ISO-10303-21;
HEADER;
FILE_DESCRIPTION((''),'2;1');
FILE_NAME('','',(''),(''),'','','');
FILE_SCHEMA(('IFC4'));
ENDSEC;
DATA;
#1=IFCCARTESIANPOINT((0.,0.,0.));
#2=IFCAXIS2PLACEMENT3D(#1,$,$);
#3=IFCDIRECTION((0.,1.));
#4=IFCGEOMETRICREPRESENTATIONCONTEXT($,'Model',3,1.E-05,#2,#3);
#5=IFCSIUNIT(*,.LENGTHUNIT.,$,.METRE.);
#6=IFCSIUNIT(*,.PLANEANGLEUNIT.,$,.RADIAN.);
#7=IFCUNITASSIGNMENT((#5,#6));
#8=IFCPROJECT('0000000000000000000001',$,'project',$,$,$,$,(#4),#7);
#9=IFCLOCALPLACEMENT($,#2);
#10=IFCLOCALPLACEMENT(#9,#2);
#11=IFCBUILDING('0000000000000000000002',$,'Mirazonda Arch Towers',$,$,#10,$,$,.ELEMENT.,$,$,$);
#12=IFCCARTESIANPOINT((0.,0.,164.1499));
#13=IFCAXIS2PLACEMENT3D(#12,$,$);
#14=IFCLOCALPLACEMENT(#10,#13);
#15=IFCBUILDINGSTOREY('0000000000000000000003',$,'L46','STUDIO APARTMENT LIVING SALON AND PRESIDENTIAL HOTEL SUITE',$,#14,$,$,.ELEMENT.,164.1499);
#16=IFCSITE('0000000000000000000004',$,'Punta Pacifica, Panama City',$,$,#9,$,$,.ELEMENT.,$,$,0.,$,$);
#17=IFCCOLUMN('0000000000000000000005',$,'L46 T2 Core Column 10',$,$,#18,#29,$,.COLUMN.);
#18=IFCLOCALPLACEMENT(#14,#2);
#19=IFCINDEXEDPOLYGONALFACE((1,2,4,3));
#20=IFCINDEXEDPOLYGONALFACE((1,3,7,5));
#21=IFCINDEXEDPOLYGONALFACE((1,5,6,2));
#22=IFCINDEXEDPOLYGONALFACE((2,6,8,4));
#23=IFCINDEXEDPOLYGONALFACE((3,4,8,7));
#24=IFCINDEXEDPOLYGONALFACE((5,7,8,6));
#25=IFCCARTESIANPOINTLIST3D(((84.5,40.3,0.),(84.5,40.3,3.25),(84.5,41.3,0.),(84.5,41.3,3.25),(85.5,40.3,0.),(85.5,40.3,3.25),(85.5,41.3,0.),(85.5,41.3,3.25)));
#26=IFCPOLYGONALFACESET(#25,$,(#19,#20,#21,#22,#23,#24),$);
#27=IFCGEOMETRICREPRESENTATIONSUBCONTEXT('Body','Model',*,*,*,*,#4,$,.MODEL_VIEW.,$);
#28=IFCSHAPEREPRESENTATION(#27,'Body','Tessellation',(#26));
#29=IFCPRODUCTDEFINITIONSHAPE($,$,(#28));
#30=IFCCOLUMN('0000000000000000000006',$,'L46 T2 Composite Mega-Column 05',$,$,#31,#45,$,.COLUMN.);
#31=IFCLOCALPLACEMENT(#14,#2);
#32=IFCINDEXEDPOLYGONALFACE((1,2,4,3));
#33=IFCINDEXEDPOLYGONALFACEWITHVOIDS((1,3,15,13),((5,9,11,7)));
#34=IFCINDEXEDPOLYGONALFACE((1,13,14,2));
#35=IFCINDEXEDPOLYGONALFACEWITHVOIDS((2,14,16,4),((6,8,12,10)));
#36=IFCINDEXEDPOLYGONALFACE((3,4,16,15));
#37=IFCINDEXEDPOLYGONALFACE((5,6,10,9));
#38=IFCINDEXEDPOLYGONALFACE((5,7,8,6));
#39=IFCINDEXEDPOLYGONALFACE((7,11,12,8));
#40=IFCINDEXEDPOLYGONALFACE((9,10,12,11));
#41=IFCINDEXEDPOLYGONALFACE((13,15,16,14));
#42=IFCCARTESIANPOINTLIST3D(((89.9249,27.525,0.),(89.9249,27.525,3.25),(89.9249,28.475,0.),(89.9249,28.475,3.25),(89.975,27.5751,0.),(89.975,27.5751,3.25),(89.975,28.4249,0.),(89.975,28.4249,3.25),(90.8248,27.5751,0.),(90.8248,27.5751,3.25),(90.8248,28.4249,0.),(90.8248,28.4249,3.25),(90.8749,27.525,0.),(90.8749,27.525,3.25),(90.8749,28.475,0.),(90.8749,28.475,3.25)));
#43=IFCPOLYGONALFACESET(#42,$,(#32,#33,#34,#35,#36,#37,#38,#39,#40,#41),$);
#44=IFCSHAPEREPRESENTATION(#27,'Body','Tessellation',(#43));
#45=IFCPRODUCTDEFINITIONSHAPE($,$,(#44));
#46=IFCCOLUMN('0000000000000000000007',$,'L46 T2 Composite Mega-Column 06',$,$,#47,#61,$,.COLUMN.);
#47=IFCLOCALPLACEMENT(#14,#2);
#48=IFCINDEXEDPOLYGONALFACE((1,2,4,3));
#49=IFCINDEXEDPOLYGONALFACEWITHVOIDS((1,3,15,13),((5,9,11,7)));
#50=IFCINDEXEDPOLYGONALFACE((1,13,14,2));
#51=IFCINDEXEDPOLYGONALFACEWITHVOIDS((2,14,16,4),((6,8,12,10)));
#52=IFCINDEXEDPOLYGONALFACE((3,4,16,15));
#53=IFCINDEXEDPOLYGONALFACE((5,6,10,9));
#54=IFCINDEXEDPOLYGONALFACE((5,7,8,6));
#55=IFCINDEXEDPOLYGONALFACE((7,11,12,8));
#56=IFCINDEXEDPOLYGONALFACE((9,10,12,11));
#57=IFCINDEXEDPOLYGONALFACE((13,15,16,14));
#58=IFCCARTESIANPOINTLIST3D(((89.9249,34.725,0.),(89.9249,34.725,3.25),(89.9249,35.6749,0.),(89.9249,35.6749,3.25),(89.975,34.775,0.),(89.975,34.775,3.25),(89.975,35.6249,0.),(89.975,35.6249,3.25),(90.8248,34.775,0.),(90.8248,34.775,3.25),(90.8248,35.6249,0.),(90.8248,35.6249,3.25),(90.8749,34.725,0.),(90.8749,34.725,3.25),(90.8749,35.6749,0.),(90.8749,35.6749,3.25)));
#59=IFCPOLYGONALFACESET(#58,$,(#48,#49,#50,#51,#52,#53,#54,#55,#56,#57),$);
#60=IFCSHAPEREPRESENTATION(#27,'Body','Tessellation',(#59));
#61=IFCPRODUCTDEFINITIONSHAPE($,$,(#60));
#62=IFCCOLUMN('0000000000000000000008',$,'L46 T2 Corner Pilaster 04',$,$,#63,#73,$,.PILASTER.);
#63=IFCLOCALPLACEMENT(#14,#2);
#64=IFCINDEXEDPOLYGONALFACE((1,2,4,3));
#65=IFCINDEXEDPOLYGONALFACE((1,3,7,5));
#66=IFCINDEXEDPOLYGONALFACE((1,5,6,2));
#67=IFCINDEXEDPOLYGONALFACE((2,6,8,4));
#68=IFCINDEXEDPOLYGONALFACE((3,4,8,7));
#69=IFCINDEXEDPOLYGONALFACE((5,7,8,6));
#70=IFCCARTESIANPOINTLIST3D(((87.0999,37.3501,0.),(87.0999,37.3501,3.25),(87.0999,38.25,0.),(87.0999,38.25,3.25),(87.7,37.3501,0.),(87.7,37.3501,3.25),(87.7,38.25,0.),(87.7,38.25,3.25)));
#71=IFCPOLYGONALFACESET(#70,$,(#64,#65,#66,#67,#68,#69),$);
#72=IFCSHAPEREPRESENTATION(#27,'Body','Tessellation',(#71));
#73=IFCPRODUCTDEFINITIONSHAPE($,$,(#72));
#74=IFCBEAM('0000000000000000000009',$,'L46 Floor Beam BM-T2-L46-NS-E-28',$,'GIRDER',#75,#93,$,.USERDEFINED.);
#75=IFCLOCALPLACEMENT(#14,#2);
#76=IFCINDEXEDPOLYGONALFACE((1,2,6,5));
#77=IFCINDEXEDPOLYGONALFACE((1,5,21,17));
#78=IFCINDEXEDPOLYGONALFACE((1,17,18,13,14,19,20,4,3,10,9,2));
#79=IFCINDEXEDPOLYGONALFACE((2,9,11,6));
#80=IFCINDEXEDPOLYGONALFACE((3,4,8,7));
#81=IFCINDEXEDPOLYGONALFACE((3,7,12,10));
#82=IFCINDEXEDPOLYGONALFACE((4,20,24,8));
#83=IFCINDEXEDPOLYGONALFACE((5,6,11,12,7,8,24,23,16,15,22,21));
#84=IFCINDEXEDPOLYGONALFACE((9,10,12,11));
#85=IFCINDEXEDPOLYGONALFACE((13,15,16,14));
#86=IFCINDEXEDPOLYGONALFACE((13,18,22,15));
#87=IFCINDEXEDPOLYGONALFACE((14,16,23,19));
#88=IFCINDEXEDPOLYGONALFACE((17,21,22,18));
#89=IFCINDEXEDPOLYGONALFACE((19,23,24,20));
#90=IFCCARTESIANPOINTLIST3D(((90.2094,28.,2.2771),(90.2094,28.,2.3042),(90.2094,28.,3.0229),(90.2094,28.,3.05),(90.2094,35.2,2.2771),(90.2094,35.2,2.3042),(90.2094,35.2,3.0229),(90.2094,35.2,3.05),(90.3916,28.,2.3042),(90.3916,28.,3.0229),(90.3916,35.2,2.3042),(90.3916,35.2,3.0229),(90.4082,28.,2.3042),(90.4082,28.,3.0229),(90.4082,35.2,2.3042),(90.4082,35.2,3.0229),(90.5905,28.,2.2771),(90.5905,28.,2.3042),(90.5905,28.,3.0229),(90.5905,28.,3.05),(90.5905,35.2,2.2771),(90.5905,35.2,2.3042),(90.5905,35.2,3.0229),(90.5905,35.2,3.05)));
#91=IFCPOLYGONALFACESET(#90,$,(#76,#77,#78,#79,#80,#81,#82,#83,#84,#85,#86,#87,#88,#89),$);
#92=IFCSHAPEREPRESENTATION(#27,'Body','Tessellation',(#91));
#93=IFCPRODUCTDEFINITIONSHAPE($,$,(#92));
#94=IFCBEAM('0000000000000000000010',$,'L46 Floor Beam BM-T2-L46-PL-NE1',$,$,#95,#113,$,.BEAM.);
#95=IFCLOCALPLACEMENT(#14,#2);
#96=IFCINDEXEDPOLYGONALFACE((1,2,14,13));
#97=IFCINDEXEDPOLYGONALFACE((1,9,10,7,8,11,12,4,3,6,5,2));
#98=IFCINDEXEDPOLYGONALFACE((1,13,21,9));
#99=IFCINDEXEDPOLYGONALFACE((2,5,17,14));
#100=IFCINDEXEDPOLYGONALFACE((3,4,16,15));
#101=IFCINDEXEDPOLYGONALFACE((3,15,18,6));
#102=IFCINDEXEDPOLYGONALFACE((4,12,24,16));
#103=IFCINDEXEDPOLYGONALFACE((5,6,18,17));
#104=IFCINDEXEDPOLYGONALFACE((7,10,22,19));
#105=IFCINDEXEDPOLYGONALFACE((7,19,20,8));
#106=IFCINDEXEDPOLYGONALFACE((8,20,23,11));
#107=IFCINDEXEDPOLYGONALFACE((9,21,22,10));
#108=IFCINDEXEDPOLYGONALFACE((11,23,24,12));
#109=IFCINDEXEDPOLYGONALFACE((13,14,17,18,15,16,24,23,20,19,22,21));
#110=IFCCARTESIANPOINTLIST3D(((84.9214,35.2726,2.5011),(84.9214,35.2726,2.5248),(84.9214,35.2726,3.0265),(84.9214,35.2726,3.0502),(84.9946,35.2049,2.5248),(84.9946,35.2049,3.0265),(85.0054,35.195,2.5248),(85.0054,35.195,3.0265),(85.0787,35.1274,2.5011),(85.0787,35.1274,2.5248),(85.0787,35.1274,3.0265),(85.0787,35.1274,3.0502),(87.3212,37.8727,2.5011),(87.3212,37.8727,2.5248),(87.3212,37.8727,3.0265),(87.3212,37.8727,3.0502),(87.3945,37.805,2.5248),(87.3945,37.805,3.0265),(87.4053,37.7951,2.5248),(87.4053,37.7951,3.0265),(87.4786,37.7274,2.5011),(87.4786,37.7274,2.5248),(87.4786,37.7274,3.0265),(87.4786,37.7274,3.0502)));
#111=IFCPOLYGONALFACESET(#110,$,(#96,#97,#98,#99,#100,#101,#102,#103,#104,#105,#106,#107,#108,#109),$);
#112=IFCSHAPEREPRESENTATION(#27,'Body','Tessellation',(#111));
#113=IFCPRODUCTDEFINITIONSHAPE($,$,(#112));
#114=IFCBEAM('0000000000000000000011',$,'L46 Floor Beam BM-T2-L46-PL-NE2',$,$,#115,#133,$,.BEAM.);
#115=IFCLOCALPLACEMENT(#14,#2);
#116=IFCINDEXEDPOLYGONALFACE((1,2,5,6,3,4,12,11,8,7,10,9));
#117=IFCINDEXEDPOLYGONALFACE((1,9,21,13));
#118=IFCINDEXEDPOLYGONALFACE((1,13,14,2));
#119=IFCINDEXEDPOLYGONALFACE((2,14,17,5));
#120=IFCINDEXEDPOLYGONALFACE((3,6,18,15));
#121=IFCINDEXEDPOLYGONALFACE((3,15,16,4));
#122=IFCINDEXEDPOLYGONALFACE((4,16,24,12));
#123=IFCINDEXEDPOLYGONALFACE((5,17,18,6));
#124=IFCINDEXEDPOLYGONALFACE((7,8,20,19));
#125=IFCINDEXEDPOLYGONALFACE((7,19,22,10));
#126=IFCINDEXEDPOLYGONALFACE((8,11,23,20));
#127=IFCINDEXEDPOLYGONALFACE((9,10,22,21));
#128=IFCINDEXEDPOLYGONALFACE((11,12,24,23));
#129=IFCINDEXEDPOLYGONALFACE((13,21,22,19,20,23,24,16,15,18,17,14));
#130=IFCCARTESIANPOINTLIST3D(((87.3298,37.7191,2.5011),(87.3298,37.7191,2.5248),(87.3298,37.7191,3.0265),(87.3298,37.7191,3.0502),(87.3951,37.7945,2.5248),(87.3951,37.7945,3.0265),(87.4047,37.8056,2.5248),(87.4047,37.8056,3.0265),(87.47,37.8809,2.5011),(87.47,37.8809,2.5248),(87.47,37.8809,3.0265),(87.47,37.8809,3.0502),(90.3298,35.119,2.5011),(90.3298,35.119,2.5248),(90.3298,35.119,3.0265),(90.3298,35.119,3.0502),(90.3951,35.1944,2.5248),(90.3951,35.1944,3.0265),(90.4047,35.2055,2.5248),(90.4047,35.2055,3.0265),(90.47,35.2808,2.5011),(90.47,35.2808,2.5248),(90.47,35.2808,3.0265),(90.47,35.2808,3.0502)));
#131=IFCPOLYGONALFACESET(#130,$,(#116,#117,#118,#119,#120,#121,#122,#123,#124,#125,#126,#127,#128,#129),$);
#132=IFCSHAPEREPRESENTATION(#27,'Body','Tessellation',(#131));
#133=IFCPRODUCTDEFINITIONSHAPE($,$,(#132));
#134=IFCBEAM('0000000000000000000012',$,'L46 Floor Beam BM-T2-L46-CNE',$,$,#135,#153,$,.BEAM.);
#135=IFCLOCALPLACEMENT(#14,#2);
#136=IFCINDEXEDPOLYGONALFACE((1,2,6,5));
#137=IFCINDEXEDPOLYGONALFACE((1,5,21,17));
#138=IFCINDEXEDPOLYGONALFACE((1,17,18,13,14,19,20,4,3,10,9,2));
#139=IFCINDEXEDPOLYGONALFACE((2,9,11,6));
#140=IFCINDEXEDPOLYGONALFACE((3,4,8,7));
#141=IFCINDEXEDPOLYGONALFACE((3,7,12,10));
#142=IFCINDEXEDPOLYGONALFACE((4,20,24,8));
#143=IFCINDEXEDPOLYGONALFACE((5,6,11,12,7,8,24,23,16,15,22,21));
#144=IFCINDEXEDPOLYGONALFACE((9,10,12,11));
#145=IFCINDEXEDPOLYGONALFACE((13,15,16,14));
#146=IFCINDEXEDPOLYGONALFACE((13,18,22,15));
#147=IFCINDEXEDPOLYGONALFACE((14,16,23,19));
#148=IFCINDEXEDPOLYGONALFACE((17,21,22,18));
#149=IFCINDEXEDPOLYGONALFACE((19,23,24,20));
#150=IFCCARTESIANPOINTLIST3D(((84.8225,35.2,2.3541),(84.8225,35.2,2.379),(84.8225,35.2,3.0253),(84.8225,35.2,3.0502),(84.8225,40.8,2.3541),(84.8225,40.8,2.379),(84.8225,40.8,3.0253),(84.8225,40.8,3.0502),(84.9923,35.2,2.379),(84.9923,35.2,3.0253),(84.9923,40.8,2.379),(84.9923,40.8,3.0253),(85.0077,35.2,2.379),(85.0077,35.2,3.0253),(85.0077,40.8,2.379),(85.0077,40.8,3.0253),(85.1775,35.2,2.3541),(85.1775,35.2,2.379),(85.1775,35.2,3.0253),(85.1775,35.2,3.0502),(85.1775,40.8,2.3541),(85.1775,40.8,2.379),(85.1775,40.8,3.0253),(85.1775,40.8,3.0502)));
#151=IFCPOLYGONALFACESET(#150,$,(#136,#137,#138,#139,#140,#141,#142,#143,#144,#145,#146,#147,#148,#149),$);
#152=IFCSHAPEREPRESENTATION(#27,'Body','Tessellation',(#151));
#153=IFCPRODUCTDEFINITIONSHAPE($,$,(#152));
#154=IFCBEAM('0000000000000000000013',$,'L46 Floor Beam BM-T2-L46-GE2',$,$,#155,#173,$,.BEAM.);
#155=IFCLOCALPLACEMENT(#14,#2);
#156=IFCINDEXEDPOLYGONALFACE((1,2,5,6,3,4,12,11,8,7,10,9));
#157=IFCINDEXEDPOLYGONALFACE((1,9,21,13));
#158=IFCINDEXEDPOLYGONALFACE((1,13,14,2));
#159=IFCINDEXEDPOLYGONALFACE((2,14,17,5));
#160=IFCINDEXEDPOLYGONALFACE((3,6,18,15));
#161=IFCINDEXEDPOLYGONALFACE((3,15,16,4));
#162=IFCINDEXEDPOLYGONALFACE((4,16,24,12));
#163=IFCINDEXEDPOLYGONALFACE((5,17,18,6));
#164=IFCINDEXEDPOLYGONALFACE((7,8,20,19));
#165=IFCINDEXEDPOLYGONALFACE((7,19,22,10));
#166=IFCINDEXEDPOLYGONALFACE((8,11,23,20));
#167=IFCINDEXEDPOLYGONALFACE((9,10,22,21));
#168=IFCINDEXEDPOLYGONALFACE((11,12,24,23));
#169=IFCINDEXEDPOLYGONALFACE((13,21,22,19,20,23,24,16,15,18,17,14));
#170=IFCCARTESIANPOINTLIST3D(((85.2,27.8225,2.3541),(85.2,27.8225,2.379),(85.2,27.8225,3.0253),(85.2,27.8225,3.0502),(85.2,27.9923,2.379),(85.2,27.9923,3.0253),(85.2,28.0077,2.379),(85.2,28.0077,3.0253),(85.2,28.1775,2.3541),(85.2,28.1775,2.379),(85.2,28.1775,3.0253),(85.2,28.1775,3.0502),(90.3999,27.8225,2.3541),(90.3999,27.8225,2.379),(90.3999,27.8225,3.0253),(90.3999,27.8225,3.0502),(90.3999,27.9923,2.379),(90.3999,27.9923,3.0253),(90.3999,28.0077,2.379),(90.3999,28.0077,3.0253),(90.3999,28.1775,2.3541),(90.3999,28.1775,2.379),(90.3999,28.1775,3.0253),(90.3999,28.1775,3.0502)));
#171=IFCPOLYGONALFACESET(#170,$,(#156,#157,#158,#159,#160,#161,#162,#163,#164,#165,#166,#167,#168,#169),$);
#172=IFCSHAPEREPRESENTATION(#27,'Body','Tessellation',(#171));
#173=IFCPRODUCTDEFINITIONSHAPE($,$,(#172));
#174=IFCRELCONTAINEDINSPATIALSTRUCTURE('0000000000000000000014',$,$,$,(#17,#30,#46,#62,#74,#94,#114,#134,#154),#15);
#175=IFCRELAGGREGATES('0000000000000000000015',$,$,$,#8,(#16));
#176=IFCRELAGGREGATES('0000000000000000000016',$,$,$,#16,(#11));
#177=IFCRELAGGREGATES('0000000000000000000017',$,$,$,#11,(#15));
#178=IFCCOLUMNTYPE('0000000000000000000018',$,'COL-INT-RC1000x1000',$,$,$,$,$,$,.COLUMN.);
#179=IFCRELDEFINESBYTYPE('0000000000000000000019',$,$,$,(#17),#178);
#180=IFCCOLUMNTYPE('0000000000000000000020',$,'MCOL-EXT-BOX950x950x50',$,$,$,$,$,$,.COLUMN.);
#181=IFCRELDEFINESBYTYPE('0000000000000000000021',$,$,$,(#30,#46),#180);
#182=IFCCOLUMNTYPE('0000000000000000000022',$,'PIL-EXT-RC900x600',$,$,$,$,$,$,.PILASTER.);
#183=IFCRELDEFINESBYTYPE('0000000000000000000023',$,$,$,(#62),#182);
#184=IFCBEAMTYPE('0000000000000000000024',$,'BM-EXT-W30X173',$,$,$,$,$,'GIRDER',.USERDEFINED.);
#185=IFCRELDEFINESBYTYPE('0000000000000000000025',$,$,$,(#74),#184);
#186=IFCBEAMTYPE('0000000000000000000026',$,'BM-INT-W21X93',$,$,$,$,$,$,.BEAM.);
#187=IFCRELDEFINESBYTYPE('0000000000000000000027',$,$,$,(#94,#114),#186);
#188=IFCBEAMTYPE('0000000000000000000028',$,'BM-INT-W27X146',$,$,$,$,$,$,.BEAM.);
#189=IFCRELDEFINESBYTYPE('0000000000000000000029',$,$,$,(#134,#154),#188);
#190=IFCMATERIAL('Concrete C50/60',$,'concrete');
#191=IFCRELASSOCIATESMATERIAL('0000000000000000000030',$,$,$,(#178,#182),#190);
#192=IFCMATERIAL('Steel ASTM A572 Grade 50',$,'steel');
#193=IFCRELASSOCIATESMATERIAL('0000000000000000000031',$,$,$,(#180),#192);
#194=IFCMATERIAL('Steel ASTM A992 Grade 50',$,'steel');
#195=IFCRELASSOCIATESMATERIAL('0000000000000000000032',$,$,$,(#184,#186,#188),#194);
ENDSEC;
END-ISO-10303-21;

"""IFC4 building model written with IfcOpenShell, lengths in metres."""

from ifc_helpers import new_model, si_unit, direction, frame, origin, origin_2d, place, context, subcontext, project, spatial, rectangle, hollow_rectangle, i_section, extrude, material, material_profile, profile_set, type_object, element, save


model = new_model("IFC4")

# Units and contexts
model_context = context("Model", 3, precision=1e-05, world=origin(), true_north=direction((0.0, 1.0)))
body_context = subcontext(model_context, "Body", "Model", "MODEL_VIEW")
ifc_project = project(units=[si_unit("LENGTHUNIT", "METRE"), si_unit("PLANEANGLEUNIT", "RADIAN")], contexts=[model_context])

# Site, building, storey
site_placement = place(None, origin())
site = spatial("IfcSite", under=ifc_project, at=site_placement, Name="Punta Pacifica, Panama City", CompositionType="ELEMENT", RefElevation=0.0)
building_placement = place(site_placement, origin())
building = spatial("IfcBuilding", under=site, at=building_placement, Name="Mirazonda Arch Towers", CompositionType="ELEMENT")
storey_placement = place(building_placement, frame((0.0, 0.0, 164.1499)))
storey = spatial("IfcBuildingStorey", under=building, at=storey_placement, Name="L46", Description="STUDIO APARTMENT LIVING SALON AND PRESIDENTIAL HOTEL SUITE", CompositionType="ELEMENT", Elevation=164.1499)

# Columns
ifc_material_1 = material(Name="Concrete C50/60", Category="concrete")
ifc_material_profile_1 = material_profile(ifc_material_1, rectangle(XDim=1.0, YDim=1.0, at=origin_2d()), Name="RC1000x1000")
ifc_profile_set_1 = profile_set([ifc_material_profile_1], Name="Concrete C50/60")
column_type_1 = type_object("IfcColumnType", Name="COL-INT-RC1000x1000", PredefinedType="COLUMN", material=ifc_profile_set_1)
column_1_placement = place(storey_placement, frame((85.0, 40.8, 0.0), z_axis=(0.0, 0.0, 1.0), x_axis=(1.0, 0.0, 0.0)))
element("IfcColumn", 1, at=column_1_placement, inside=storey, type_object=column_type_1, Name="L46 T2 Core Column 10", PredefinedType="COLUMN", context=body_context, shape_type="SweptSolid", body=[
    extrude(rectangle(XDim=1.0, YDim=1.0, at=origin_2d()), origin(), (0.0, 0.0, 1.0), 3.25),
])
ifc_material_2 = material(Name="Steel ASTM A572 Grade 50", Category="steel")
ifc_material_profile_2 = material_profile(ifc_material_2, hollow_rectangle(XDim=0.95, YDim=0.95, WallThickness=0.05, at=origin_2d()), Name="BOX950x950x50")
ifc_profile_set_2 = profile_set([ifc_material_profile_2], Name="Steel ASTM A572 Grade 50")
column_type_2 = type_object("IfcColumnType", Name="MCOL-EXT-BOX950x950x50", PredefinedType="COLUMN", material=ifc_profile_set_2)
for number, where, z_axis, x_axis, name in (
    (2, (90.3999, 28.0, 0.0), (0.0, 0.0, 1.0), (1.0, 0.0, 0.0), "L46 T2 Composite Mega-Column 05"),
    (3, (90.3999, 35.2, 0.0), (0.0, 0.0, 1.0), (1.0, 0.0, 0.0), "L46 T2 Composite Mega-Column 06"),
):
    element("IfcColumn", number, at=place(storey_placement, frame(where, z_axis=z_axis, x_axis=x_axis)), inside=storey, type_object=column_type_2, Name=name, PredefinedType="COLUMN", context=body_context, shape_type="SweptSolid", body=[
        extrude(hollow_rectangle(XDim=0.95, YDim=0.95, WallThickness=0.05, at=origin_2d()), origin(), (0.0, 0.0, 1.0), 3.25),
    ])
ifc_material_profile_3 = material_profile(ifc_material_1, rectangle(XDim=0.6001, YDim=0.8999, at=origin_2d()), Name="RC900x600")
ifc_profile_set_3 = profile_set([ifc_material_profile_3], Name="Concrete C50/60")
column_type_3 = type_object("IfcColumnType", Name="PIL-EXT-RC900x600", PredefinedType="PILASTER", material=ifc_profile_set_3)
column_2_placement = place(storey_placement, frame((87.3999, 37.8, 0.0), z_axis=(0.0, 0.0, 1.0), x_axis=(1.0, 0.0, 0.0)))
element("IfcColumn", 4, at=column_2_placement, inside=storey, type_object=column_type_3, Name="L46 T2 Corner Pilaster 04", PredefinedType="PILASTER", context=body_context, shape_type="SweptSolid", body=[
    extrude(rectangle(XDim=0.6001, YDim=0.8999, at=origin_2d()), origin(), (0.0, 0.0, 1.0), 3.25),
])

# Beams
ifc_material_3 = material(Name="Steel ASTM A992 Grade 50", Category="steel")
ifc_material_profile_4 = material_profile(ifc_material_3, i_section(OverallWidth=0.3811, OverallDepth=0.7729, WebThickness=0.0166, FlangeThickness=0.0271, at=origin_2d()), Name="W30X173")
ifc_profile_set_4 = profile_set([ifc_material_profile_4], Name="Steel ASTM A992 Grade 50")
beam_type_1 = type_object("IfcBeamType", Name="BM-EXT-W30X173", ElementType="GIRDER", PredefinedType="USERDEFINED", material=ifc_profile_set_4)
beam_1_placement = place(storey_placement, frame((90.3999, 28.0, 2.6636), z_axis=(0.0, 1.0, 0.0), x_axis=(-1.0, 0.0, 0.0)))
element("IfcBeam", 5, at=beam_1_placement, inside=storey, type_object=beam_type_1, Name="L46 Floor Beam BM-T2-L46-NS-E-28", ObjectType="GIRDER", PredefinedType="USERDEFINED", context=body_context, shape_type="SweptSolid", body=[
    extrude(i_section(OverallWidth=0.3811, OverallDepth=0.7729, WebThickness=0.0166, FlangeThickness=0.0271, at=origin_2d()), origin(), (0.0, 0.0, 1.0), 7.2),
])
ifc_material_profile_5 = material_profile(ifc_material_3, i_section(OverallWidth=0.2141, OverallDepth=0.5491, WebThickness=0.0146, FlangeThickness=0.0237, at=origin_2d()), Name="W21X93")
ifc_profile_set_5 = profile_set([ifc_material_profile_5], Name="Steel ASTM A992 Grade 50")
beam_type_2 = type_object("IfcBeamType", Name="BM-INT-W21X93", PredefinedType="BEAM", material=ifc_profile_set_5)
beam_2_placement = place(storey_placement, frame((87.3999, 37.8, 2.7756), z_axis=(-0.678251, -0.73483, 0.0), x_axis=(0.73483, -0.678251, 0.0)))
element("IfcBeam", 6, at=beam_2_placement, inside=storey, type_object=beam_type_2, Name="L46 Floor Beam BM-T2-L46-PL-NE1", PredefinedType="BEAM", context=body_context, shape_type="SweptSolid", body=[
    extrude(i_section(OverallWidth=0.2141, OverallDepth=0.5491, WebThickness=0.0146, FlangeThickness=0.0237, at=origin_2d()), origin(), (0.0, 0.0, 1.0), 3.5383),
])
beam_3_placement = place(storey_placement, frame((87.3999, 37.8, 2.7756), z_axis=(0.755677, -0.654945, 0.0), x_axis=(0.654945, 0.755677, 0.0)))
element("IfcBeam", 7, at=beam_3_placement, inside=storey, type_object=beam_type_2, Name="L46 Floor Beam BM-T2-L46-PL-NE2", PredefinedType="BEAM", context=body_context, shape_type="SweptSolid", body=[
    extrude(i_section(OverallWidth=0.2141, OverallDepth=0.5491, WebThickness=0.0146, FlangeThickness=0.0237, at=origin_2d()), origin(), (0.0, 0.0, 1.0), 3.97),
])
ifc_material_profile_6 = material_profile(ifc_material_3, i_section(OverallWidth=0.355, OverallDepth=0.696, WebThickness=0.0154, FlangeThickness=0.0249, at=origin_2d()), Name="W27X146")
ifc_profile_set_6 = profile_set([ifc_material_profile_6], Name="Steel ASTM A992 Grade 50")
beam_type_3 = type_object("IfcBeamType", Name="BM-INT-W27X146", PredefinedType="BEAM", material=ifc_profile_set_6)
beam_4_placement = place(storey_placement, frame((85.0, 35.2, 2.7021), z_axis=(0.0, 1.0, 0.0), x_axis=(-1.0, 0.0, 0.0)))
element("IfcBeam", 8, at=beam_4_placement, inside=storey, type_object=beam_type_3, Name="L46 Floor Beam BM-T2-L46-CNE", PredefinedType="BEAM", context=body_context, shape_type="SweptSolid", body=[
    extrude(i_section(OverallWidth=0.355, OverallDepth=0.696, WebThickness=0.0154, FlangeThickness=0.0249, at=origin_2d()), origin(), (0.0, 0.0, 1.0), 5.6001),
])
beam_5_placement = place(storey_placement, frame((85.2, 28.0, 2.7021), z_axis=(1.0, 0.0, 0.0), x_axis=(0.0, 1.0, 0.0)))
element("IfcBeam", 9, at=beam_5_placement, inside=storey, type_object=beam_type_3, Name="L46 Floor Beam BM-T2-L46-GE2", PredefinedType="BEAM", context=body_context, shape_type="SweptSolid", body=[
    extrude(i_section(OverallWidth=0.355, OverallDepth=0.696, WebThickness=0.0154, FlangeThickness=0.0249, at=origin_2d()), origin(), (0.0, 0.0, 1.0), 5.2),
])

save(model, "model.ifc")
